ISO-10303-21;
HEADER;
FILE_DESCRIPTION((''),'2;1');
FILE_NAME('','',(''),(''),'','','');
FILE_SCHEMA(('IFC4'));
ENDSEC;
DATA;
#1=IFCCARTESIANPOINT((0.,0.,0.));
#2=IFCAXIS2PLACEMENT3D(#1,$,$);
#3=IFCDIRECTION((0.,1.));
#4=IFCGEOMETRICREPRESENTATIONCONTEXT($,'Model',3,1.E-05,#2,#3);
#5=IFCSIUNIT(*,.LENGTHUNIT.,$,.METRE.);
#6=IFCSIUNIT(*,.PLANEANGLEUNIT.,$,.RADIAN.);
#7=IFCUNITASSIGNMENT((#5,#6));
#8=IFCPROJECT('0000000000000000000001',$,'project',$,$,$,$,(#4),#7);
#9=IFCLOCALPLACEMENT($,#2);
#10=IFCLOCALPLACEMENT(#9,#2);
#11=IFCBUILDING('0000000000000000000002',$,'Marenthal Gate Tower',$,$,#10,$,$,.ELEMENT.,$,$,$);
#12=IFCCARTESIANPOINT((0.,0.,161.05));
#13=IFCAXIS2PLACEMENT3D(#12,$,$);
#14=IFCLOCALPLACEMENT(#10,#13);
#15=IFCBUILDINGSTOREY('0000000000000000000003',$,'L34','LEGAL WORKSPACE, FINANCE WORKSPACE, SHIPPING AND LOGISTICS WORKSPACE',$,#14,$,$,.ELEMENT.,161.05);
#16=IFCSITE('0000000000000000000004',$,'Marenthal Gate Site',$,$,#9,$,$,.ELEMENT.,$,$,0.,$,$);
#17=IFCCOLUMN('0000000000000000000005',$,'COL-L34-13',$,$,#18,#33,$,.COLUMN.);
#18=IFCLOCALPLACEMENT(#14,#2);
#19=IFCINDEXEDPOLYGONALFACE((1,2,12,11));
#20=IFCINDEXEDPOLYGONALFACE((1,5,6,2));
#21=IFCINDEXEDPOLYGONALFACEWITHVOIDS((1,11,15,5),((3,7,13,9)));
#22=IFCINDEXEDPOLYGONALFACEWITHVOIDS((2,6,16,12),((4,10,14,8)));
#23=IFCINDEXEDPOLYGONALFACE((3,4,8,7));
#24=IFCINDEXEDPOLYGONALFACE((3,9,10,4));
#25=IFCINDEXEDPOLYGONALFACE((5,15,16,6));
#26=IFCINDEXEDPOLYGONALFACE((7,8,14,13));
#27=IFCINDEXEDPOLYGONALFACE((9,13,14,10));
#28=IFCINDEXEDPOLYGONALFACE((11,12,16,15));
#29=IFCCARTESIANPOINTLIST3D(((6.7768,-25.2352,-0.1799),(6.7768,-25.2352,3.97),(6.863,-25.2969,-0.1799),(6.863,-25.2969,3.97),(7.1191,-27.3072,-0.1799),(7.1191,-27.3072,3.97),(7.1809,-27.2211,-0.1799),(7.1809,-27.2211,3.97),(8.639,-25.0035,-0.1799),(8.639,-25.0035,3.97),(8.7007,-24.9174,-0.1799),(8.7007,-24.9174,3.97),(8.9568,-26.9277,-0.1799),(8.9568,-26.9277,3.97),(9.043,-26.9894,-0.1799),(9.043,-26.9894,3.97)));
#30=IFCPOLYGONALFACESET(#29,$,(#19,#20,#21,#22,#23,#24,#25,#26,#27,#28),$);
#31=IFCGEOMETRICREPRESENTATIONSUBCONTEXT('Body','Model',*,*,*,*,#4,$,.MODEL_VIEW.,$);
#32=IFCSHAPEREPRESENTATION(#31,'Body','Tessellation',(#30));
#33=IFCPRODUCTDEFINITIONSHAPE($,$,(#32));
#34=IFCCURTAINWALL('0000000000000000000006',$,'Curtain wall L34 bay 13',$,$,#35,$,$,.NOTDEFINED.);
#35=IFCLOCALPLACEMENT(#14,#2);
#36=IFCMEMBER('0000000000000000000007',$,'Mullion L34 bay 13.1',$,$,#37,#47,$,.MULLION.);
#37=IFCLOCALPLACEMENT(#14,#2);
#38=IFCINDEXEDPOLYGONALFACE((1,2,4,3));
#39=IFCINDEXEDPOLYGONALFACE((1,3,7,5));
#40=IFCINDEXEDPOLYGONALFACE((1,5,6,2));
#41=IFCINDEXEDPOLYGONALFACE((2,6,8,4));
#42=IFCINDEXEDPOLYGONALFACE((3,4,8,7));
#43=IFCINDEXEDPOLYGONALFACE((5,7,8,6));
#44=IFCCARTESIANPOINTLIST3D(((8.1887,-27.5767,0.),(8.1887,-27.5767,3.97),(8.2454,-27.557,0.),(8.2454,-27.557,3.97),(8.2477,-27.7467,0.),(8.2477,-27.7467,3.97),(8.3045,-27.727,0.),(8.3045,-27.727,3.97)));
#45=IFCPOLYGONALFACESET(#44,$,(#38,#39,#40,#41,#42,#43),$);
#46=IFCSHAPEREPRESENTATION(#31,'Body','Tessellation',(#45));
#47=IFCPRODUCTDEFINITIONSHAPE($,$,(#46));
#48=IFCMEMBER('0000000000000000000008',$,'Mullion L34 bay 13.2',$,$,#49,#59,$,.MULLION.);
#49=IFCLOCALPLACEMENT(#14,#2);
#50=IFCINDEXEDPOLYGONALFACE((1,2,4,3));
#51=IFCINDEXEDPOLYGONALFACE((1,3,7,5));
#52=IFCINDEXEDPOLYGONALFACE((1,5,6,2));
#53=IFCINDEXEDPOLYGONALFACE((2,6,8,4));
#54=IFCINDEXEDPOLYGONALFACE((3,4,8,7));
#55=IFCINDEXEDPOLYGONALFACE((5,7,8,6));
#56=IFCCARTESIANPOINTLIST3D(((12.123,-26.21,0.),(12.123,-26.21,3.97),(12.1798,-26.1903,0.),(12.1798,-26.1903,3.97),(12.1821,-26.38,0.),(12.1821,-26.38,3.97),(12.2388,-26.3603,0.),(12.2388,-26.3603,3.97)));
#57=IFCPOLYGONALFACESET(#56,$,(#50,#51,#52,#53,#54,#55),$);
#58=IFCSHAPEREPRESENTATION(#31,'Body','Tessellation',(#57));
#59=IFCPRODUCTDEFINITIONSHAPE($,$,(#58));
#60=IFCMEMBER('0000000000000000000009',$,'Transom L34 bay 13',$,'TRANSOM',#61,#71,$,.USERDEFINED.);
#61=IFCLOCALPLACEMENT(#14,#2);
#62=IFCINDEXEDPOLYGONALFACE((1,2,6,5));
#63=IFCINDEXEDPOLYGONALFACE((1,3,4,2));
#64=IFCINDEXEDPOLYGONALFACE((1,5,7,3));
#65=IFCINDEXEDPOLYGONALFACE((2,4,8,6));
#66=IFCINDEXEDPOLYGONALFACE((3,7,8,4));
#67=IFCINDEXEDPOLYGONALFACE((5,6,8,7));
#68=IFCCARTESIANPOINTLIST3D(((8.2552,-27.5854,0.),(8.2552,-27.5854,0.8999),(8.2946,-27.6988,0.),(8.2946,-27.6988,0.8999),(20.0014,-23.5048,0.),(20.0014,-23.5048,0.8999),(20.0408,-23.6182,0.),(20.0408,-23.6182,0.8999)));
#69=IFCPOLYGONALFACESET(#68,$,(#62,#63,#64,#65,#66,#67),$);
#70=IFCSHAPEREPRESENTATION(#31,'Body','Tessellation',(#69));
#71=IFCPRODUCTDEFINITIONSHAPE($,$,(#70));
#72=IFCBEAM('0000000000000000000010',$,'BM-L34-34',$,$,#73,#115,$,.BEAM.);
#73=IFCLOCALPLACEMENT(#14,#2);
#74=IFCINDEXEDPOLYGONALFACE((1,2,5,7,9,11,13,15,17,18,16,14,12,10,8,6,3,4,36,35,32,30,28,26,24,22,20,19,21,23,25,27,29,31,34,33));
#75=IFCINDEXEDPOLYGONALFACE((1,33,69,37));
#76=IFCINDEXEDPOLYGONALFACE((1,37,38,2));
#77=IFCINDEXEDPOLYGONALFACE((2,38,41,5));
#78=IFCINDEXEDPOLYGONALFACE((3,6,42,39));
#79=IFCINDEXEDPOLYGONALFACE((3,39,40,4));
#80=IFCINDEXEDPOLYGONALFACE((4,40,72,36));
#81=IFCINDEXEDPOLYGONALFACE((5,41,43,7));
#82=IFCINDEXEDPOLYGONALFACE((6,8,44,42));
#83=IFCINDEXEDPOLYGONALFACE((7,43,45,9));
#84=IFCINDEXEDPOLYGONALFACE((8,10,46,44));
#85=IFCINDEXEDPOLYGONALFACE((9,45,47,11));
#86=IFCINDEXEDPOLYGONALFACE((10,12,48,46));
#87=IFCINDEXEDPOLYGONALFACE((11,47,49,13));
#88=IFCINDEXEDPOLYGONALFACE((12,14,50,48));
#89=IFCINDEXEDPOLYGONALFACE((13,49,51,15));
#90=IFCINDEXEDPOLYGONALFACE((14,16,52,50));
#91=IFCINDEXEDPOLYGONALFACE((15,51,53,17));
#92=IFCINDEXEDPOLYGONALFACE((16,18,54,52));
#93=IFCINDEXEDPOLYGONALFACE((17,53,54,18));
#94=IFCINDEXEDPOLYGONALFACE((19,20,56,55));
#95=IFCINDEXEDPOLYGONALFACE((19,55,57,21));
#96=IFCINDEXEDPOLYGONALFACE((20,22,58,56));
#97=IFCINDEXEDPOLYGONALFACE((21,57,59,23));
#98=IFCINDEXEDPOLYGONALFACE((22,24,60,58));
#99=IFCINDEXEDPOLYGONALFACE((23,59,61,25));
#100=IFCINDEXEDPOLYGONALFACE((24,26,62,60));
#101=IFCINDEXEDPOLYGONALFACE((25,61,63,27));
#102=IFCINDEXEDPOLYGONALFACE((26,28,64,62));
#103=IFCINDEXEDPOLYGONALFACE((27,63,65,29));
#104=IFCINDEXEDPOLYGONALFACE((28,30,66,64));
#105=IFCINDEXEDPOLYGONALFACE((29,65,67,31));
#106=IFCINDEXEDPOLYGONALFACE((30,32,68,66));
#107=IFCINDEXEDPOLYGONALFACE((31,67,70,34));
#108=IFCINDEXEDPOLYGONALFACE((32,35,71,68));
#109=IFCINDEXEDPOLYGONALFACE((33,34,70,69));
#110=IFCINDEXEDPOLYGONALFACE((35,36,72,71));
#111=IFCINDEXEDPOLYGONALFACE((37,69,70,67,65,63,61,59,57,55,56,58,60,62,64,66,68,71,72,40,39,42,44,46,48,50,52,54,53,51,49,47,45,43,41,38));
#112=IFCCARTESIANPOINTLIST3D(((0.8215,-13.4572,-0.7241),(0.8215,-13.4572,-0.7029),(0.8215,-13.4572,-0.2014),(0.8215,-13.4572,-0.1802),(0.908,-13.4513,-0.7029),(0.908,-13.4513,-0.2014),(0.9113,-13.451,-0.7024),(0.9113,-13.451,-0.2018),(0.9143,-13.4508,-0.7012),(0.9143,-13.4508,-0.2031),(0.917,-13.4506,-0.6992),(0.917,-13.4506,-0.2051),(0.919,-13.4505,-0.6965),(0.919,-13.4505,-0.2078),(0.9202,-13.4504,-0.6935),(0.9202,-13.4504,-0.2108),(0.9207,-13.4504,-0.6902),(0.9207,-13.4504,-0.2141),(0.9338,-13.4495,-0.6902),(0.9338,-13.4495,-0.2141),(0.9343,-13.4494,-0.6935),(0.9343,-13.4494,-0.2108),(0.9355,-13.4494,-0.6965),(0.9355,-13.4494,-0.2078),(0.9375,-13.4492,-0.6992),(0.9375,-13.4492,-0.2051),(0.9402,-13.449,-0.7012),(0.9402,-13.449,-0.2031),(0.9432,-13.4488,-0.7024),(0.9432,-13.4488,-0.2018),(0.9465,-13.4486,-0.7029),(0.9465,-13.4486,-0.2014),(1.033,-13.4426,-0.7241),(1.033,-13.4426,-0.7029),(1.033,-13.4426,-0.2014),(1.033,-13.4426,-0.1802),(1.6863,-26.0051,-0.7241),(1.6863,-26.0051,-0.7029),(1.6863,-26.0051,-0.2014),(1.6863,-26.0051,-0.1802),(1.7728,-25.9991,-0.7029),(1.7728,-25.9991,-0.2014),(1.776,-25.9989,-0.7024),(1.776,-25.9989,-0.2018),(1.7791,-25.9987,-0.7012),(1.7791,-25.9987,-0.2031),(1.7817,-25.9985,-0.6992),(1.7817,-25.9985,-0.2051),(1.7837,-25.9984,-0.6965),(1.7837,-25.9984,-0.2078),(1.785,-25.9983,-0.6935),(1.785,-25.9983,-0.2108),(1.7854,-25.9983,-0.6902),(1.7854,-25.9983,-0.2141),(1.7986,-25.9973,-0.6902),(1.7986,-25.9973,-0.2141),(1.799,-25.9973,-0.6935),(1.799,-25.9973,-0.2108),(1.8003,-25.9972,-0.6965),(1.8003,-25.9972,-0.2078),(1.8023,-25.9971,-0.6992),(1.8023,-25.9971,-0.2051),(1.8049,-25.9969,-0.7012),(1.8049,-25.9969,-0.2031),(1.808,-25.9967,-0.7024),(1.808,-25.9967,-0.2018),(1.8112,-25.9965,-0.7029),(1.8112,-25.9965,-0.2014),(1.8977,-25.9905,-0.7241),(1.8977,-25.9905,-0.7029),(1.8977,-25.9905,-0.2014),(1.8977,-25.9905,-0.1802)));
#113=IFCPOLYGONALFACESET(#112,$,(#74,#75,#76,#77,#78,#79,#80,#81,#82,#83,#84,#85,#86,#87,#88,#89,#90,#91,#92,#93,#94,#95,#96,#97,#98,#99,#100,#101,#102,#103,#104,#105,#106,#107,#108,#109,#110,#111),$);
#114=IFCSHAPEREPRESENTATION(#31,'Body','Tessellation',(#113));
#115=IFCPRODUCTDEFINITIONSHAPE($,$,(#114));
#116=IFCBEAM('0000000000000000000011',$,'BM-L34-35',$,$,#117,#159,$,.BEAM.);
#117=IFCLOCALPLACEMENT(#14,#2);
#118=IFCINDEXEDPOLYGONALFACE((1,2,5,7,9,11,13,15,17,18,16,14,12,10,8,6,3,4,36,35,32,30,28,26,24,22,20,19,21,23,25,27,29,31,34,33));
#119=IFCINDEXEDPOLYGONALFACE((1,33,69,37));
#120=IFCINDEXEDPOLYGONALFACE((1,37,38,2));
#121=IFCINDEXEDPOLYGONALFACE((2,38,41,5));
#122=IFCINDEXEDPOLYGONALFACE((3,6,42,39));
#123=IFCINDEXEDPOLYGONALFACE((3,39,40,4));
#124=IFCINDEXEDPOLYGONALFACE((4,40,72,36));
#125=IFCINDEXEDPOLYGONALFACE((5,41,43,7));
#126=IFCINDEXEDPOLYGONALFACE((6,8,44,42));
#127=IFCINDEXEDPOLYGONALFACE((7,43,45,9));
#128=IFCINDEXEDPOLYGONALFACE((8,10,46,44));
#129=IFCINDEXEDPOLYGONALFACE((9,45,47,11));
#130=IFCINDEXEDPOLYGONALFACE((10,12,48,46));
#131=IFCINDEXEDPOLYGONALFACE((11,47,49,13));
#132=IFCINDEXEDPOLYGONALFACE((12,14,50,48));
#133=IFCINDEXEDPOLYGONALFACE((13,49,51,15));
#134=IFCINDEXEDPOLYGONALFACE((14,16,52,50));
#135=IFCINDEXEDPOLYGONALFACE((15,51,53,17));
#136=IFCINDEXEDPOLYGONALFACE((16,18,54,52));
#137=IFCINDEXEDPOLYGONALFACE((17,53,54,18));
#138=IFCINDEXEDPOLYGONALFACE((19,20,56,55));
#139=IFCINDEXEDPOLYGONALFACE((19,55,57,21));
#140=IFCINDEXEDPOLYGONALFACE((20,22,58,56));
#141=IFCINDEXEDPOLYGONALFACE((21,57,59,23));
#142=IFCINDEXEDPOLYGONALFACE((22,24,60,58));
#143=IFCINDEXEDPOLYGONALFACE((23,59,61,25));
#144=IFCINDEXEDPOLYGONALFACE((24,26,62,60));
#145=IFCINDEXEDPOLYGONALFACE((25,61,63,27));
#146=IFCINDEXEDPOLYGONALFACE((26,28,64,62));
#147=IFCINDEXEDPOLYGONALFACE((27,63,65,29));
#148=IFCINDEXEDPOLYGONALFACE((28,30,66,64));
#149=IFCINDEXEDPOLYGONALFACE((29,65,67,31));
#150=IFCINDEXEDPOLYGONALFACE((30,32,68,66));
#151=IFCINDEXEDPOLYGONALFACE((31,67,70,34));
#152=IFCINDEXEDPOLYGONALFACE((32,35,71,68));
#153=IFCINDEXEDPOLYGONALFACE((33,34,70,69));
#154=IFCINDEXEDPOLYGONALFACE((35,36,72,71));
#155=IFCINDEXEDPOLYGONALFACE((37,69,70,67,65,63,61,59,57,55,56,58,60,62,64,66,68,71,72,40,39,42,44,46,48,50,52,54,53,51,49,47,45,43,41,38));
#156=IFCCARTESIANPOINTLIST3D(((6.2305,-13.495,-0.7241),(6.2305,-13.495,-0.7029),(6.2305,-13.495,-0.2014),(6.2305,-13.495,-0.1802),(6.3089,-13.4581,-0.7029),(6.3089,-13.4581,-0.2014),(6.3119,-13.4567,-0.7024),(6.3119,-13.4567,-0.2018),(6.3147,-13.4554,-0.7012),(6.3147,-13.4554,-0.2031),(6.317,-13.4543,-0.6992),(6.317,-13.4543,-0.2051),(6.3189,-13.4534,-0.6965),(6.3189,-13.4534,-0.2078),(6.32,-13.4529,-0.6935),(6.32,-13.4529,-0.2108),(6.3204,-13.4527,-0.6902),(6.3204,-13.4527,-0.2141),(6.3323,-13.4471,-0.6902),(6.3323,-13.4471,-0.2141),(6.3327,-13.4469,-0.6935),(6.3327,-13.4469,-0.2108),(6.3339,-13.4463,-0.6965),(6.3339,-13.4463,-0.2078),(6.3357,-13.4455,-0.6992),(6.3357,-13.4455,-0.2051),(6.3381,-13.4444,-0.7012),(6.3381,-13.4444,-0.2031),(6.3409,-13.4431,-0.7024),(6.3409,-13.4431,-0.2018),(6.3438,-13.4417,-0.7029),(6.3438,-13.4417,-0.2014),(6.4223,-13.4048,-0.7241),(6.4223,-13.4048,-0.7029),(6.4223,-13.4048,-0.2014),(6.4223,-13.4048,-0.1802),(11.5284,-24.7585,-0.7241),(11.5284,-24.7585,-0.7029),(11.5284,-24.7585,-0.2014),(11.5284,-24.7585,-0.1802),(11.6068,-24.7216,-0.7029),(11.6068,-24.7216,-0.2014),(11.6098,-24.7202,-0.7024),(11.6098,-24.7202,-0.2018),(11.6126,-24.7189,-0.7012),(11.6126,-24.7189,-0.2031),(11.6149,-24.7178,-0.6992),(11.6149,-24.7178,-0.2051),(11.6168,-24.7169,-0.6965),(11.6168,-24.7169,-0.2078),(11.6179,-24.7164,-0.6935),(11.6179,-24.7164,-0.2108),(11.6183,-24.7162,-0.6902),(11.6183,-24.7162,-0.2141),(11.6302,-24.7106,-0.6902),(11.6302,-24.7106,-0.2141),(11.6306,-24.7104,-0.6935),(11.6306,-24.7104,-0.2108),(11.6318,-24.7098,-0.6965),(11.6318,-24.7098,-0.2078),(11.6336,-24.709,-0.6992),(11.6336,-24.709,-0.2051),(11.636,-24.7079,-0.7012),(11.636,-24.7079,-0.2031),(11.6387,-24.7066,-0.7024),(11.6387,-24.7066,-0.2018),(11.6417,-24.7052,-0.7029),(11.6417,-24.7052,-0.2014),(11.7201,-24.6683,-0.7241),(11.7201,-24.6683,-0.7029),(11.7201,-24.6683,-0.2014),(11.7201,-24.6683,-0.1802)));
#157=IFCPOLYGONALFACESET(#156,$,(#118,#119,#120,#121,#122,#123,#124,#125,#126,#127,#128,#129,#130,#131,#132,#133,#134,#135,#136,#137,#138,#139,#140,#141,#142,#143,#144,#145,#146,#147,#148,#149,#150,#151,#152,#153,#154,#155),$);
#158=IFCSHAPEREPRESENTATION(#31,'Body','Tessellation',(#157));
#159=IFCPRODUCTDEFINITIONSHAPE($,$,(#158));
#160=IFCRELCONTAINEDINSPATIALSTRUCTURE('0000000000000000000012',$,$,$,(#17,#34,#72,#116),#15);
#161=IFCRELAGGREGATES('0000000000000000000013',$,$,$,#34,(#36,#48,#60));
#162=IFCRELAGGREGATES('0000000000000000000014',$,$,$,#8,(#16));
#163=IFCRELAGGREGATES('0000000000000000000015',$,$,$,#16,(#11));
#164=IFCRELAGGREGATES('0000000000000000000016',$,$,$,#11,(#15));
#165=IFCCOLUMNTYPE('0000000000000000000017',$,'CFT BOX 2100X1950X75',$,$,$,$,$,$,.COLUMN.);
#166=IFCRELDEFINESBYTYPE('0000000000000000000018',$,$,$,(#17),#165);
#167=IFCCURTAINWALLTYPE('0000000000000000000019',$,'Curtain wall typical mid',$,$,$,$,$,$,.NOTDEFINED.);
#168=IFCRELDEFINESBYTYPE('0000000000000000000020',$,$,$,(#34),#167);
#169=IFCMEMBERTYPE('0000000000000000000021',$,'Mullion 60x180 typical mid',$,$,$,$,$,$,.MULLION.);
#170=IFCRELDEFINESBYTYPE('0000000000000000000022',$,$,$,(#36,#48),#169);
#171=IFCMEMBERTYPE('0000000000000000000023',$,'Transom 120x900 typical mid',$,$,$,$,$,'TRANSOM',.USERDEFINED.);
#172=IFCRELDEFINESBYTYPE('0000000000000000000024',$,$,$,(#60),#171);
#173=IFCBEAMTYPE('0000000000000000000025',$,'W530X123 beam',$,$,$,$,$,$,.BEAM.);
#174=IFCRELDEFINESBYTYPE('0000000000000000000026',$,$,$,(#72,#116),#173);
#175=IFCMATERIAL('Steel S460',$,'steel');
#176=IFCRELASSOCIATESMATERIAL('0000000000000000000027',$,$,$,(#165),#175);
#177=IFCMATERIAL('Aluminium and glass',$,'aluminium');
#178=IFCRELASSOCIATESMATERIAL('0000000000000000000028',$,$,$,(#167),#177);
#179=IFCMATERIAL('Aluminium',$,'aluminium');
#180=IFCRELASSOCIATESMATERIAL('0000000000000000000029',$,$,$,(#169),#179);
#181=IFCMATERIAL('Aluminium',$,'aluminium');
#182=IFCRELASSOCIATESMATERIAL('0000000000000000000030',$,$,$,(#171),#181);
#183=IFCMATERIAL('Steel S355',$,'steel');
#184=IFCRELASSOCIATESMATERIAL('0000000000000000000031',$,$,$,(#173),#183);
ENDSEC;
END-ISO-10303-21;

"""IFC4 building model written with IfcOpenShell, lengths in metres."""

from ifc_helpers import new_model, si_unit, direction, frame, origin, origin_2d, place, context, subcontext, project, spatial, rectangle, hollow_rectangle, i_section, extrude, material, material_profile, profile_set, type_object, element, aggregate, save


model = new_model("IFC4")

# Units and contexts
model_context = context("Model", 3, precision=1e-05, world=origin(), true_north=direction((0.0, 1.0)))
body_context = subcontext(model_context, "Body", "Model", "MODEL_VIEW")
ifc_project = project(units=[si_unit("LENGTHUNIT", "METRE"), si_unit("PLANEANGLEUNIT", "RADIAN")], contexts=[model_context])

# Site, building, storey
site_placement = place(None, origin())
site = spatial("IfcSite", under=ifc_project, at=site_placement, Name="Marenthal Gate Site", CompositionType="ELEMENT", RefElevation=0.0)
building_placement = place(site_placement, origin())
building = spatial("IfcBuilding", under=site, at=building_placement, Name="Marenthal Gate Tower", CompositionType="ELEMENT")
storey_placement = place(building_placement, frame((0.0, 0.0, 161.05)))
storey = spatial("IfcBuildingStorey", under=building, at=storey_placement, Name="L34", Description="LEGAL WORKSPACE, FINANCE WORKSPACE, SHIPPING AND LOGISTICS WORKSPACE", CompositionType="ELEMENT", Elevation=161.05)

# Column
ifc_material_1 = material(Name="Steel S460", Category="steel")
ifc_material_profile_1 = material_profile(ifc_material_1, hollow_rectangle(XDim=1.95, YDim=2.1001, WallThickness=0.075, at=origin_2d()), Name="CFT BOX 2100X1950X75")
ifc_material_2 = material(Name="Concrete 70 MPa", Category="concrete")
ifc_material_profile_2 = material_profile(ifc_material_2, rectangle(XDim=1.8, YDim=1.95, at=origin_2d()), Name="CFT BOX 2100X1950X75 INFILL")
ifc_profile_set_1 = profile_set([ifc_material_profile_1, ifc_material_profile_2], Name="Steel S460 shell, Concrete 70 MPa infill")
column_type = type_object("IfcColumnType", Name="CFT BOX 2100X1950X75", PredefinedType="COLUMN", material=ifc_profile_set_1)
column_placement = place(storey_placement, frame((7.9099, -26.1123, -0.1799), z_axis=(0.0, 0.0, 1.0), x_axis=(-0.986627, -0.162997, 0.0)))
element("IfcColumn", 1, at=column_placement, inside=storey, type_object=column_type, Name="COL-L34-13", PredefinedType="COLUMN", context=body_context, shape_type="SweptSolid", body=[
    extrude(hollow_rectangle(XDim=1.95, YDim=2.1001, WallThickness=0.075, at=origin_2d()), origin(), (0.0, 0.0, 1.0), 4.1499),
])

# Curtain wall, members
ifc_material_3 = material(Name="Aluminium and glass", Category="aluminium")
curtain_wall_type = type_object("IfcCurtainWallType", Name="Curtain wall typical mid", PredefinedType="NOTDEFINED", material=ifc_material_3)
curtain_wall_placement = place(storey_placement, origin())
curtain_wall = element("IfcCurtainWall", 2, at=curtain_wall_placement, inside=storey, type_object=curtain_wall_type, Name="Curtain wall L34 bay 13", PredefinedType="NOTDEFINED")
ifc_material_4 = material(Name="Aluminium", Category="aluminium")
ifc_material_profile_3 = material_profile(ifc_material_4, rectangle(XDim=0.1799, YDim=0.0601, at=origin_2d()), Name="60x180 aluminium mullion")
ifc_profile_set_2 = profile_set([ifc_material_profile_3], Name="Aluminium")
member_type_1 = type_object("IfcMemberType", Name="Mullion 60x180 typical mid", PredefinedType="MULLION", material=ifc_profile_set_2)
member_1_placement = place(storey_placement, frame((8.2466, -27.6519, 0.0), z_axis=(0.0, 0.0, 1.0), x_axis=(-0.328158, 0.944623, 0.0)))
member_1 = element("IfcMember", 3, at=member_1_placement, type_object=member_type_1, Name="Mullion L34 bay 13.1", PredefinedType="MULLION", context=body_context, shape_type="SweptSolid", body=[
    extrude(rectangle(XDim=0.1799, YDim=0.0601, at=origin_2d()), origin(), (0.0, 0.0, 1.0), 3.97),
])
member_2_placement = place(storey_placement, frame((12.1809, -26.2852, 0.0), z_axis=(0.0, 0.0, 1.0), x_axis=(-0.328158, 0.944623, 0.0)))
member_2 = element("IfcMember", 4, at=member_2_placement, type_object=member_type_1, Name="Mullion L34 bay 13.2", PredefinedType="MULLION", context=body_context, shape_type="SweptSolid", body=[
    extrude(rectangle(XDim=0.1799, YDim=0.0601, at=origin_2d()), origin(), (0.0, 0.0, 1.0), 3.97),
])
ifc_material_5 = material(Name="Aluminium", Category="aluminium")
ifc_material_profile_4 = material_profile(ifc_material_5, rectangle(XDim=0.1201, YDim=0.8999, at=origin_2d()), Name="120x900 aluminium transom")
ifc_profile_set_3 = profile_set([ifc_material_profile_4], Name="Aluminium")
member_type_2 = type_object("IfcMemberType", Name="Transom 120x900 typical mid", ElementType="TRANSOM", PredefinedType="USERDEFINED", material=ifc_profile_set_3)
member_3_placement = place(storey_placement, frame((8.2749, -27.6421, 0.45), z_axis=(0.944622, 0.32816, 0.0), x_axis=(-0.32816, 0.944622, 0.0)))
member_3 = element("IfcMember", 5, at=member_3_placement, type_object=member_type_2, Name="Transom L34 bay 13", ObjectType="TRANSOM", PredefinedType="USERDEFINED", context=body_context, shape_type="SweptSolid", body=[
    extrude(rectangle(XDim=0.1201, YDim=0.8999, at=origin_2d()), origin(), (0.0, 0.0, 1.0), 12.4348),
])

# Beams
ifc_material_6 = material(Name="Steel S355", Category="steel")
ifc_material_profile_5 = material_profile(ifc_material_6, i_section(OverallWidth=0.2119, OverallDepth=0.5439, WebThickness=0.0132, FlangeThickness=0.0212, FilletRadius=0.0127, at=origin_2d()), Name="W530X123")
ifc_profile_set_4 = profile_set([ifc_material_profile_5], Name="Steel S355")
beam_type_1 = type_object("IfcBeamType", Name="W530X123 beam", PredefinedType="BEAM", material=ifc_profile_set_4)
beam_1_placement = place(storey_placement, frame((1.792, -25.9978, -0.4521), z_axis=(-0.068753, 0.997634, 0.0), x_axis=(-0.997634, -0.068753, 0.0)))
element("IfcBeam", 6, at=beam_1_placement, inside=storey, type_object=beam_type_1, Name="BM-L34-34", PredefinedType="BEAM", context=body_context, shape_type="SweptSolid", body=[
    extrude(i_section(OverallWidth=0.2119, OverallDepth=0.5439, WebThickness=0.0132, FlangeThickness=0.0212, FilletRadius=0.0127, at=origin_2d()), origin(), (0.0, 0.0, 1.0), 12.5776),
])
beam_2_placement = place(storey_placement, frame((11.6243, -24.7134, -0.4521), z_axis=(-0.425627, 0.904899, 0.0), x_axis=(-0.904899, -0.425627, 0.0)))
element("IfcBeam", 7, at=beam_2_placement, inside=storey, type_object=beam_type_1, Name="BM-L34-35", PredefinedType="BEAM", context=body_context, shape_type="SweptSolid", body=[
    extrude(i_section(OverallWidth=0.2119, OverallDepth=0.5439, WebThickness=0.0132, FlangeThickness=0.0212, FilletRadius=0.0127, at=origin_2d()), origin(), (0.0, 0.0, 1.0), 12.4473),
])

aggregate(curtain_wall, [member_1, member_2, member_3])

save(model, "model.ifc")
